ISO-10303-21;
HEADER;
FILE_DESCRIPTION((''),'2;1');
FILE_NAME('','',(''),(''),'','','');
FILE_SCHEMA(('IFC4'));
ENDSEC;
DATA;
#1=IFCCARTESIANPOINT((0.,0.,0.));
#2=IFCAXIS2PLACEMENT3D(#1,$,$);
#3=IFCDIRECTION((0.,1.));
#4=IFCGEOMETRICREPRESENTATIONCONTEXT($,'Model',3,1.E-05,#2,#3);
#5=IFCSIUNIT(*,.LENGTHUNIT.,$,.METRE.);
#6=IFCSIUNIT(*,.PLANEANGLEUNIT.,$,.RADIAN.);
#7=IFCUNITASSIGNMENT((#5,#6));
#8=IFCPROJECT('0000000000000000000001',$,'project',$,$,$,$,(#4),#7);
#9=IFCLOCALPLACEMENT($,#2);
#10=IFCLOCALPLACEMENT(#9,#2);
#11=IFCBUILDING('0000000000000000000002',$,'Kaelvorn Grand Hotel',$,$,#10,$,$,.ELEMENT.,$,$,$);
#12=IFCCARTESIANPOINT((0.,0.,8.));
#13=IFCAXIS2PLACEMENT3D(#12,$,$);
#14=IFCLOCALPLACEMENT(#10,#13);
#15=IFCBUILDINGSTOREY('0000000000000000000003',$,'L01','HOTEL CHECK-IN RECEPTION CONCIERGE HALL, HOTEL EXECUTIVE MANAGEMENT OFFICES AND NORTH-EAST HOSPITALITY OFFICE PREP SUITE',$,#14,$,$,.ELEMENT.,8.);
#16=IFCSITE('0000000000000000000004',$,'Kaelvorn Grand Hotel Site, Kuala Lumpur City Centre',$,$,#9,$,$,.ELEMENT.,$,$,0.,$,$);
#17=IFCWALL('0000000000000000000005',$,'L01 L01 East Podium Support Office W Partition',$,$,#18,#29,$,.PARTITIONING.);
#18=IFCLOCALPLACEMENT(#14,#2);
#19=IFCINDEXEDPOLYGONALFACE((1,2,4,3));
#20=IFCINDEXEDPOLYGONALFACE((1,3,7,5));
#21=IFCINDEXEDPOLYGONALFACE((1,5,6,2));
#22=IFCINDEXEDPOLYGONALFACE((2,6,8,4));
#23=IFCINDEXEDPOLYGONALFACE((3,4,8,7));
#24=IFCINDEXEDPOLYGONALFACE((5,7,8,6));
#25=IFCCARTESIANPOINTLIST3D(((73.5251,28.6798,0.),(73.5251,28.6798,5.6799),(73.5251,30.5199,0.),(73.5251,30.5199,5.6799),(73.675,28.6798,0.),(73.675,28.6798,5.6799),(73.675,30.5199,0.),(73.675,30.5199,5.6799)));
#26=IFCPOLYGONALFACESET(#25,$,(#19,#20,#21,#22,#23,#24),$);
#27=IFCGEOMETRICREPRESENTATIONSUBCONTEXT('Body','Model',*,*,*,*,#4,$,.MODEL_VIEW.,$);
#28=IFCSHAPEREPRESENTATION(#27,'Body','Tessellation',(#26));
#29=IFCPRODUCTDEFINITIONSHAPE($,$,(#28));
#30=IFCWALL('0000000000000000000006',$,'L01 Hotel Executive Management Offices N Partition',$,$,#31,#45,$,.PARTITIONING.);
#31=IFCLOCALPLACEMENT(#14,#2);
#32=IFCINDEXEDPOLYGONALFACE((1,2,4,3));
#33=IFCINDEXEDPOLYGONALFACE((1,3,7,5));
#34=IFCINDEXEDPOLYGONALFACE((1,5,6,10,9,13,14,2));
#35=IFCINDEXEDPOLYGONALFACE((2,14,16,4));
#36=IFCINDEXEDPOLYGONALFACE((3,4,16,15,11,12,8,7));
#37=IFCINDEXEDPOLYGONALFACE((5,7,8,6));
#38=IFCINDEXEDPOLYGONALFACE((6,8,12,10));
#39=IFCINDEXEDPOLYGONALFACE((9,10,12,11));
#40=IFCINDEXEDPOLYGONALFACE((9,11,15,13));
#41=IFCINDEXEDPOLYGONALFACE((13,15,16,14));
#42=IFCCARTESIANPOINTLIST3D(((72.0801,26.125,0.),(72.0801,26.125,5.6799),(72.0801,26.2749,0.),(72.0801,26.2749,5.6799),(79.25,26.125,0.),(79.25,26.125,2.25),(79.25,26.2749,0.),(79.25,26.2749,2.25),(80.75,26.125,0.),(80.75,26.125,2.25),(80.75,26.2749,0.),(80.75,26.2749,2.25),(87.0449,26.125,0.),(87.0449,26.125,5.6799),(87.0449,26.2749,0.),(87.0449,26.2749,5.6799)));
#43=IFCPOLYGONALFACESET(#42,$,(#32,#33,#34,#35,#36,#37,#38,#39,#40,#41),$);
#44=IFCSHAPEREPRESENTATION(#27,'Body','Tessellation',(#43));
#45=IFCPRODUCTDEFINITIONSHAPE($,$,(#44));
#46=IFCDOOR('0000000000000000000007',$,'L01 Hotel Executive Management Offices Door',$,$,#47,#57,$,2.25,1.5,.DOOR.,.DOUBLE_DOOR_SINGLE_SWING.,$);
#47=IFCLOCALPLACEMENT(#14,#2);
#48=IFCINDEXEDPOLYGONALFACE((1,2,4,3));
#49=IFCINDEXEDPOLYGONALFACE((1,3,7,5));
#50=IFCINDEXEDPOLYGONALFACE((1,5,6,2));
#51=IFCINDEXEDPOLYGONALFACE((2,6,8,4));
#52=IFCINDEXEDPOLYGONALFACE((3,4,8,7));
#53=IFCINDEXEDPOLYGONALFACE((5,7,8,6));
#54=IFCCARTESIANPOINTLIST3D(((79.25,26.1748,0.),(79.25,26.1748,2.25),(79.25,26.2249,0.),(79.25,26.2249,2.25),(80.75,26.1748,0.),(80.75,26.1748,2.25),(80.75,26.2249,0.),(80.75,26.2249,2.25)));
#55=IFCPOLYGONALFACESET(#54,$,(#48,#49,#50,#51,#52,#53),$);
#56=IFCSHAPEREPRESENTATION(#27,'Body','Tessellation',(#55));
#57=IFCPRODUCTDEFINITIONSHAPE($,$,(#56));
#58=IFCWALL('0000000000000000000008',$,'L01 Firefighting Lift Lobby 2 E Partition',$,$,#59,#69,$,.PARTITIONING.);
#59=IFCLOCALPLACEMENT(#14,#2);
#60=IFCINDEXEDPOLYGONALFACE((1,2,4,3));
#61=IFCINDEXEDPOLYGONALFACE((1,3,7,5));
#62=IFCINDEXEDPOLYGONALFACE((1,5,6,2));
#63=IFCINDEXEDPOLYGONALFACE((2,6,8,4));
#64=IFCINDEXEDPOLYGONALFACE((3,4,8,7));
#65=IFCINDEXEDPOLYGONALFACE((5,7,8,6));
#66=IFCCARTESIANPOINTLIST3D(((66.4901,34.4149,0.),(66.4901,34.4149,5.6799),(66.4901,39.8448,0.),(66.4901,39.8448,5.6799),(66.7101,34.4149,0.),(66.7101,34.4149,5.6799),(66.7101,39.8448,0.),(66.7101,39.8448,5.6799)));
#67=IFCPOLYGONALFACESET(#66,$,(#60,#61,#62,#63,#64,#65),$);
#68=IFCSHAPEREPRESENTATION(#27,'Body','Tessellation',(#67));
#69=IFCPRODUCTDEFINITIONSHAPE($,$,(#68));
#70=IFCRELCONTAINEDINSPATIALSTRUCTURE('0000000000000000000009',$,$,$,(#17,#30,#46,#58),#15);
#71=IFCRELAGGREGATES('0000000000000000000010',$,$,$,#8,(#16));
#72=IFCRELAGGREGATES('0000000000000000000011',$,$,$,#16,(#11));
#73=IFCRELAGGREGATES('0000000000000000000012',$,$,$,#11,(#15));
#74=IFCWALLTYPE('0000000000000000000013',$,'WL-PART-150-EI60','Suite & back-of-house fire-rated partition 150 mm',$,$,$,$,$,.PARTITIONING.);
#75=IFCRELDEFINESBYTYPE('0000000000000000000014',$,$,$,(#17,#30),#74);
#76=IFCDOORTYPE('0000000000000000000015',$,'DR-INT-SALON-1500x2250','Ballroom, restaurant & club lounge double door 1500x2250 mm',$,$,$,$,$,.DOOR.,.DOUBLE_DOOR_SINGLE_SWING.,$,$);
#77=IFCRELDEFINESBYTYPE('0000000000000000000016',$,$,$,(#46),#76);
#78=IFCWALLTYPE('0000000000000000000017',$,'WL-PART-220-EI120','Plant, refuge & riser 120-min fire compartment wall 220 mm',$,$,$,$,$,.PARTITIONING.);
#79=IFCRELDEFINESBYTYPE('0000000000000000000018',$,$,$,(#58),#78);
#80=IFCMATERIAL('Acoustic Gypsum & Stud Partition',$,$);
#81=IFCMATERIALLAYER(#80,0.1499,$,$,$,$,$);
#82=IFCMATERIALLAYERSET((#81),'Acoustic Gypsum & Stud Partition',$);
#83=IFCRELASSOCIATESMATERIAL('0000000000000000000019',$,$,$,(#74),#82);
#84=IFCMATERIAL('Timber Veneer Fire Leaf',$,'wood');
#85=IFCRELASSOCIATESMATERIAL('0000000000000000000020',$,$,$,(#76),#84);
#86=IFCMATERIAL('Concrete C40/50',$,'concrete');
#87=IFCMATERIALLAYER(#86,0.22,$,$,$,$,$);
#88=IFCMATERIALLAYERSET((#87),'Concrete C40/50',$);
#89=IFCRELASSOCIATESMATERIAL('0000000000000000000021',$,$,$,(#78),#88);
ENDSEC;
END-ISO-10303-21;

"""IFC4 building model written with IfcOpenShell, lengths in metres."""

from ifc_helpers import new_model, si_unit, direction, frame, frame_2d, origin, place, context, subcontext, project, spatial, rectangle, extrude, material, layer, layer_set, type_object, element, fill, save


model = new_model("IFC4")

# Units and contexts
model_context = context("Model", 3, precision=1e-05, world=origin(), true_north=direction((0.0, 1.0)))
body_context = subcontext(model_context, "Body", "Model", "MODEL_VIEW")
ifc_project = project(units=[si_unit("LENGTHUNIT", "METRE"), si_unit("PLANEANGLEUNIT", "RADIAN")], contexts=[model_context])

# Site, building, storey
site_placement = place(None, origin())
site = spatial("IfcSite", under=ifc_project, at=site_placement, Name="Kaelvorn Grand Hotel Site, Kuala Lumpur City Centre", CompositionType="ELEMENT", RefElevation=0.0)
building_placement = place(site_placement, origin())
building = spatial("IfcBuilding", under=site, at=building_placement, Name="Kaelvorn Grand Hotel", CompositionType="ELEMENT")
storey_placement = place(building_placement, frame((0.0, 0.0, 8.0)))
storey = spatial("IfcBuildingStorey", under=building, at=storey_placement, Name="L01", Description="HOTEL CHECK-IN RECEPTION CONCIERGE HALL, HOTEL EXECUTIVE MANAGEMENT OFFICES AND NORTH-EAST HOSPITALITY OFFICE PREP SUITE", CompositionType="ELEMENT", Elevation=8.0)

# Shared definitions
ifc_material_1 = material(Name="Concrete C40/50", Category="concrete")

# Shared definitions
ifc_material_2 = material(Name="Acoustic Gypsum & Stud Partition")
ifc_layer_1 = layer(ifc_material_2, 0.1499)
ifc_layer_set_1 = layer_set([ifc_layer_1], Name="Acoustic Gypsum & Stud Partition")
wall_type_1 = type_object("IfcWallType", Name="WL-PART-150-EI60", Description="Suite & back-of-house fire-rated partition 150 mm", PredefinedType="PARTITIONING", material=ifc_layer_set_1)
ifc_material_3 = material(Name="Timber Veneer Fire Leaf", Category="wood")
door_type_1 = type_object("IfcDoorType", Name="DR-INT-SALON-1500x2250", Description="Ballroom, restaurant & club lounge double door 1500x2250 mm", OperationType="DOUBLE_DOOR_SINGLE_SWING", PredefinedType="DOOR", material=ifc_material_3)

# Wall
wall_1_placement = place(storey_placement, frame((73.6001, 28.6799, 0.0), z_axis=(0.0, 0.0, 1.0), x_axis=(0.0, 1.0, 0.0)))
element("IfcWall", 1, at=wall_1_placement, inside=storey, type_object=wall_type_1, Name="L01 L01 East Podium Support Office W Partition", PredefinedType="PARTITIONING", context=body_context, shape_type="SweptSolid", body=[
    extrude(rectangle(XDim=1.8401, YDim=0.1499, at=frame_2d((0.9199, 0.0))), origin(), (0.0, 0.0, 1.0), 5.6799),
])

# Wall, opening, door
wall_2_placement = place(storey_placement, frame((72.0801, 26.2, 0.0), z_axis=(0.0, 0.0, 1.0), x_axis=(1.0, 0.0, 0.0)))
wall_2 = element("IfcWall", 2, at=wall_2_placement, inside=storey, type_object=wall_type_1, Name="L01 Hotel Executive Management Offices N Partition", PredefinedType="PARTITIONING", context=body_context, shape_type="SweptSolid", body=[
    extrude(rectangle(XDim=14.9648, YDim=0.1499, at=frame_2d((7.4824, 0.0))), origin(), (0.0, 0.0, 1.0), 5.6799),
])
opening_1_placement = place(wall_2_placement, frame((7.1699, 0.0, 0.0)))
opening_1 = element("IfcOpeningElement", 3, at=opening_1_placement, cuts=wall_2, PredefinedType="OPENING", context=body_context, shape_type="SweptSolid", body=[
    extrude(rectangle(XDim=1.5, YDim=2.25, at=frame_2d((0.75, 1.125))), frame((0.0, 0.085, 0.0), z_axis=(0.0, -1.0, 0.0), x_axis=(1.0, 0.0, 0.0)), (0.0, 0.0, 1.0), 0.1699),
])
door_1_placement = place(opening_1_placement, origin())
door_1 = element("IfcDoor", 4, at=door_1_placement, inside=storey, type_object=door_type_1, Name="L01 Hotel Executive Management Offices Door", OperationType="DOUBLE_DOOR_SINGLE_SWING", OverallHeight=2.25, OverallWidth=1.5, PredefinedType="DOOR", context=body_context, shape_type="SweptSolid", body=[
    extrude(rectangle(XDim=1.5, YDim=2.25, at=frame_2d((0.75, 1.125))), frame((0.0, 0.0249, 0.0), z_axis=(0.0, -1.0, 0.0), x_axis=(1.0, 0.0, 0.0)), (0.0, 0.0, 1.0), 0.05),
])
fill(opening_1, door_1)

# Wall
ifc_layer_2 = layer(ifc_material_1, 0.22)
ifc_layer_set_2 = layer_set([ifc_layer_2], Name="Concrete C40/50")
wall_type_2 = type_object("IfcWallType", Name="WL-PART-220-EI120", Description="Plant, refuge & riser 120-min fire compartment wall 220 mm", PredefinedType="PARTITIONING", material=ifc_layer_set_2)
wall_3_placement = place(storey_placement, frame((66.6001, 34.415, 0.0), z_axis=(0.0, 0.0, 1.0), x_axis=(0.0, 1.0, 0.0)))
element("IfcWall", 5, at=wall_3_placement, inside=storey, type_object=wall_type_2, Name="L01 Firefighting Lift Lobby 2 E Partition", PredefinedType="PARTITIONING", context=body_context, shape_type="SweptSolid", body=[
    extrude(rectangle(XDim=5.4299, YDim=0.22, at=frame_2d((2.7148, 0.0))), origin(), (0.0, 0.0, 1.0), 5.6799),
])

save(model, "model.ifc")
